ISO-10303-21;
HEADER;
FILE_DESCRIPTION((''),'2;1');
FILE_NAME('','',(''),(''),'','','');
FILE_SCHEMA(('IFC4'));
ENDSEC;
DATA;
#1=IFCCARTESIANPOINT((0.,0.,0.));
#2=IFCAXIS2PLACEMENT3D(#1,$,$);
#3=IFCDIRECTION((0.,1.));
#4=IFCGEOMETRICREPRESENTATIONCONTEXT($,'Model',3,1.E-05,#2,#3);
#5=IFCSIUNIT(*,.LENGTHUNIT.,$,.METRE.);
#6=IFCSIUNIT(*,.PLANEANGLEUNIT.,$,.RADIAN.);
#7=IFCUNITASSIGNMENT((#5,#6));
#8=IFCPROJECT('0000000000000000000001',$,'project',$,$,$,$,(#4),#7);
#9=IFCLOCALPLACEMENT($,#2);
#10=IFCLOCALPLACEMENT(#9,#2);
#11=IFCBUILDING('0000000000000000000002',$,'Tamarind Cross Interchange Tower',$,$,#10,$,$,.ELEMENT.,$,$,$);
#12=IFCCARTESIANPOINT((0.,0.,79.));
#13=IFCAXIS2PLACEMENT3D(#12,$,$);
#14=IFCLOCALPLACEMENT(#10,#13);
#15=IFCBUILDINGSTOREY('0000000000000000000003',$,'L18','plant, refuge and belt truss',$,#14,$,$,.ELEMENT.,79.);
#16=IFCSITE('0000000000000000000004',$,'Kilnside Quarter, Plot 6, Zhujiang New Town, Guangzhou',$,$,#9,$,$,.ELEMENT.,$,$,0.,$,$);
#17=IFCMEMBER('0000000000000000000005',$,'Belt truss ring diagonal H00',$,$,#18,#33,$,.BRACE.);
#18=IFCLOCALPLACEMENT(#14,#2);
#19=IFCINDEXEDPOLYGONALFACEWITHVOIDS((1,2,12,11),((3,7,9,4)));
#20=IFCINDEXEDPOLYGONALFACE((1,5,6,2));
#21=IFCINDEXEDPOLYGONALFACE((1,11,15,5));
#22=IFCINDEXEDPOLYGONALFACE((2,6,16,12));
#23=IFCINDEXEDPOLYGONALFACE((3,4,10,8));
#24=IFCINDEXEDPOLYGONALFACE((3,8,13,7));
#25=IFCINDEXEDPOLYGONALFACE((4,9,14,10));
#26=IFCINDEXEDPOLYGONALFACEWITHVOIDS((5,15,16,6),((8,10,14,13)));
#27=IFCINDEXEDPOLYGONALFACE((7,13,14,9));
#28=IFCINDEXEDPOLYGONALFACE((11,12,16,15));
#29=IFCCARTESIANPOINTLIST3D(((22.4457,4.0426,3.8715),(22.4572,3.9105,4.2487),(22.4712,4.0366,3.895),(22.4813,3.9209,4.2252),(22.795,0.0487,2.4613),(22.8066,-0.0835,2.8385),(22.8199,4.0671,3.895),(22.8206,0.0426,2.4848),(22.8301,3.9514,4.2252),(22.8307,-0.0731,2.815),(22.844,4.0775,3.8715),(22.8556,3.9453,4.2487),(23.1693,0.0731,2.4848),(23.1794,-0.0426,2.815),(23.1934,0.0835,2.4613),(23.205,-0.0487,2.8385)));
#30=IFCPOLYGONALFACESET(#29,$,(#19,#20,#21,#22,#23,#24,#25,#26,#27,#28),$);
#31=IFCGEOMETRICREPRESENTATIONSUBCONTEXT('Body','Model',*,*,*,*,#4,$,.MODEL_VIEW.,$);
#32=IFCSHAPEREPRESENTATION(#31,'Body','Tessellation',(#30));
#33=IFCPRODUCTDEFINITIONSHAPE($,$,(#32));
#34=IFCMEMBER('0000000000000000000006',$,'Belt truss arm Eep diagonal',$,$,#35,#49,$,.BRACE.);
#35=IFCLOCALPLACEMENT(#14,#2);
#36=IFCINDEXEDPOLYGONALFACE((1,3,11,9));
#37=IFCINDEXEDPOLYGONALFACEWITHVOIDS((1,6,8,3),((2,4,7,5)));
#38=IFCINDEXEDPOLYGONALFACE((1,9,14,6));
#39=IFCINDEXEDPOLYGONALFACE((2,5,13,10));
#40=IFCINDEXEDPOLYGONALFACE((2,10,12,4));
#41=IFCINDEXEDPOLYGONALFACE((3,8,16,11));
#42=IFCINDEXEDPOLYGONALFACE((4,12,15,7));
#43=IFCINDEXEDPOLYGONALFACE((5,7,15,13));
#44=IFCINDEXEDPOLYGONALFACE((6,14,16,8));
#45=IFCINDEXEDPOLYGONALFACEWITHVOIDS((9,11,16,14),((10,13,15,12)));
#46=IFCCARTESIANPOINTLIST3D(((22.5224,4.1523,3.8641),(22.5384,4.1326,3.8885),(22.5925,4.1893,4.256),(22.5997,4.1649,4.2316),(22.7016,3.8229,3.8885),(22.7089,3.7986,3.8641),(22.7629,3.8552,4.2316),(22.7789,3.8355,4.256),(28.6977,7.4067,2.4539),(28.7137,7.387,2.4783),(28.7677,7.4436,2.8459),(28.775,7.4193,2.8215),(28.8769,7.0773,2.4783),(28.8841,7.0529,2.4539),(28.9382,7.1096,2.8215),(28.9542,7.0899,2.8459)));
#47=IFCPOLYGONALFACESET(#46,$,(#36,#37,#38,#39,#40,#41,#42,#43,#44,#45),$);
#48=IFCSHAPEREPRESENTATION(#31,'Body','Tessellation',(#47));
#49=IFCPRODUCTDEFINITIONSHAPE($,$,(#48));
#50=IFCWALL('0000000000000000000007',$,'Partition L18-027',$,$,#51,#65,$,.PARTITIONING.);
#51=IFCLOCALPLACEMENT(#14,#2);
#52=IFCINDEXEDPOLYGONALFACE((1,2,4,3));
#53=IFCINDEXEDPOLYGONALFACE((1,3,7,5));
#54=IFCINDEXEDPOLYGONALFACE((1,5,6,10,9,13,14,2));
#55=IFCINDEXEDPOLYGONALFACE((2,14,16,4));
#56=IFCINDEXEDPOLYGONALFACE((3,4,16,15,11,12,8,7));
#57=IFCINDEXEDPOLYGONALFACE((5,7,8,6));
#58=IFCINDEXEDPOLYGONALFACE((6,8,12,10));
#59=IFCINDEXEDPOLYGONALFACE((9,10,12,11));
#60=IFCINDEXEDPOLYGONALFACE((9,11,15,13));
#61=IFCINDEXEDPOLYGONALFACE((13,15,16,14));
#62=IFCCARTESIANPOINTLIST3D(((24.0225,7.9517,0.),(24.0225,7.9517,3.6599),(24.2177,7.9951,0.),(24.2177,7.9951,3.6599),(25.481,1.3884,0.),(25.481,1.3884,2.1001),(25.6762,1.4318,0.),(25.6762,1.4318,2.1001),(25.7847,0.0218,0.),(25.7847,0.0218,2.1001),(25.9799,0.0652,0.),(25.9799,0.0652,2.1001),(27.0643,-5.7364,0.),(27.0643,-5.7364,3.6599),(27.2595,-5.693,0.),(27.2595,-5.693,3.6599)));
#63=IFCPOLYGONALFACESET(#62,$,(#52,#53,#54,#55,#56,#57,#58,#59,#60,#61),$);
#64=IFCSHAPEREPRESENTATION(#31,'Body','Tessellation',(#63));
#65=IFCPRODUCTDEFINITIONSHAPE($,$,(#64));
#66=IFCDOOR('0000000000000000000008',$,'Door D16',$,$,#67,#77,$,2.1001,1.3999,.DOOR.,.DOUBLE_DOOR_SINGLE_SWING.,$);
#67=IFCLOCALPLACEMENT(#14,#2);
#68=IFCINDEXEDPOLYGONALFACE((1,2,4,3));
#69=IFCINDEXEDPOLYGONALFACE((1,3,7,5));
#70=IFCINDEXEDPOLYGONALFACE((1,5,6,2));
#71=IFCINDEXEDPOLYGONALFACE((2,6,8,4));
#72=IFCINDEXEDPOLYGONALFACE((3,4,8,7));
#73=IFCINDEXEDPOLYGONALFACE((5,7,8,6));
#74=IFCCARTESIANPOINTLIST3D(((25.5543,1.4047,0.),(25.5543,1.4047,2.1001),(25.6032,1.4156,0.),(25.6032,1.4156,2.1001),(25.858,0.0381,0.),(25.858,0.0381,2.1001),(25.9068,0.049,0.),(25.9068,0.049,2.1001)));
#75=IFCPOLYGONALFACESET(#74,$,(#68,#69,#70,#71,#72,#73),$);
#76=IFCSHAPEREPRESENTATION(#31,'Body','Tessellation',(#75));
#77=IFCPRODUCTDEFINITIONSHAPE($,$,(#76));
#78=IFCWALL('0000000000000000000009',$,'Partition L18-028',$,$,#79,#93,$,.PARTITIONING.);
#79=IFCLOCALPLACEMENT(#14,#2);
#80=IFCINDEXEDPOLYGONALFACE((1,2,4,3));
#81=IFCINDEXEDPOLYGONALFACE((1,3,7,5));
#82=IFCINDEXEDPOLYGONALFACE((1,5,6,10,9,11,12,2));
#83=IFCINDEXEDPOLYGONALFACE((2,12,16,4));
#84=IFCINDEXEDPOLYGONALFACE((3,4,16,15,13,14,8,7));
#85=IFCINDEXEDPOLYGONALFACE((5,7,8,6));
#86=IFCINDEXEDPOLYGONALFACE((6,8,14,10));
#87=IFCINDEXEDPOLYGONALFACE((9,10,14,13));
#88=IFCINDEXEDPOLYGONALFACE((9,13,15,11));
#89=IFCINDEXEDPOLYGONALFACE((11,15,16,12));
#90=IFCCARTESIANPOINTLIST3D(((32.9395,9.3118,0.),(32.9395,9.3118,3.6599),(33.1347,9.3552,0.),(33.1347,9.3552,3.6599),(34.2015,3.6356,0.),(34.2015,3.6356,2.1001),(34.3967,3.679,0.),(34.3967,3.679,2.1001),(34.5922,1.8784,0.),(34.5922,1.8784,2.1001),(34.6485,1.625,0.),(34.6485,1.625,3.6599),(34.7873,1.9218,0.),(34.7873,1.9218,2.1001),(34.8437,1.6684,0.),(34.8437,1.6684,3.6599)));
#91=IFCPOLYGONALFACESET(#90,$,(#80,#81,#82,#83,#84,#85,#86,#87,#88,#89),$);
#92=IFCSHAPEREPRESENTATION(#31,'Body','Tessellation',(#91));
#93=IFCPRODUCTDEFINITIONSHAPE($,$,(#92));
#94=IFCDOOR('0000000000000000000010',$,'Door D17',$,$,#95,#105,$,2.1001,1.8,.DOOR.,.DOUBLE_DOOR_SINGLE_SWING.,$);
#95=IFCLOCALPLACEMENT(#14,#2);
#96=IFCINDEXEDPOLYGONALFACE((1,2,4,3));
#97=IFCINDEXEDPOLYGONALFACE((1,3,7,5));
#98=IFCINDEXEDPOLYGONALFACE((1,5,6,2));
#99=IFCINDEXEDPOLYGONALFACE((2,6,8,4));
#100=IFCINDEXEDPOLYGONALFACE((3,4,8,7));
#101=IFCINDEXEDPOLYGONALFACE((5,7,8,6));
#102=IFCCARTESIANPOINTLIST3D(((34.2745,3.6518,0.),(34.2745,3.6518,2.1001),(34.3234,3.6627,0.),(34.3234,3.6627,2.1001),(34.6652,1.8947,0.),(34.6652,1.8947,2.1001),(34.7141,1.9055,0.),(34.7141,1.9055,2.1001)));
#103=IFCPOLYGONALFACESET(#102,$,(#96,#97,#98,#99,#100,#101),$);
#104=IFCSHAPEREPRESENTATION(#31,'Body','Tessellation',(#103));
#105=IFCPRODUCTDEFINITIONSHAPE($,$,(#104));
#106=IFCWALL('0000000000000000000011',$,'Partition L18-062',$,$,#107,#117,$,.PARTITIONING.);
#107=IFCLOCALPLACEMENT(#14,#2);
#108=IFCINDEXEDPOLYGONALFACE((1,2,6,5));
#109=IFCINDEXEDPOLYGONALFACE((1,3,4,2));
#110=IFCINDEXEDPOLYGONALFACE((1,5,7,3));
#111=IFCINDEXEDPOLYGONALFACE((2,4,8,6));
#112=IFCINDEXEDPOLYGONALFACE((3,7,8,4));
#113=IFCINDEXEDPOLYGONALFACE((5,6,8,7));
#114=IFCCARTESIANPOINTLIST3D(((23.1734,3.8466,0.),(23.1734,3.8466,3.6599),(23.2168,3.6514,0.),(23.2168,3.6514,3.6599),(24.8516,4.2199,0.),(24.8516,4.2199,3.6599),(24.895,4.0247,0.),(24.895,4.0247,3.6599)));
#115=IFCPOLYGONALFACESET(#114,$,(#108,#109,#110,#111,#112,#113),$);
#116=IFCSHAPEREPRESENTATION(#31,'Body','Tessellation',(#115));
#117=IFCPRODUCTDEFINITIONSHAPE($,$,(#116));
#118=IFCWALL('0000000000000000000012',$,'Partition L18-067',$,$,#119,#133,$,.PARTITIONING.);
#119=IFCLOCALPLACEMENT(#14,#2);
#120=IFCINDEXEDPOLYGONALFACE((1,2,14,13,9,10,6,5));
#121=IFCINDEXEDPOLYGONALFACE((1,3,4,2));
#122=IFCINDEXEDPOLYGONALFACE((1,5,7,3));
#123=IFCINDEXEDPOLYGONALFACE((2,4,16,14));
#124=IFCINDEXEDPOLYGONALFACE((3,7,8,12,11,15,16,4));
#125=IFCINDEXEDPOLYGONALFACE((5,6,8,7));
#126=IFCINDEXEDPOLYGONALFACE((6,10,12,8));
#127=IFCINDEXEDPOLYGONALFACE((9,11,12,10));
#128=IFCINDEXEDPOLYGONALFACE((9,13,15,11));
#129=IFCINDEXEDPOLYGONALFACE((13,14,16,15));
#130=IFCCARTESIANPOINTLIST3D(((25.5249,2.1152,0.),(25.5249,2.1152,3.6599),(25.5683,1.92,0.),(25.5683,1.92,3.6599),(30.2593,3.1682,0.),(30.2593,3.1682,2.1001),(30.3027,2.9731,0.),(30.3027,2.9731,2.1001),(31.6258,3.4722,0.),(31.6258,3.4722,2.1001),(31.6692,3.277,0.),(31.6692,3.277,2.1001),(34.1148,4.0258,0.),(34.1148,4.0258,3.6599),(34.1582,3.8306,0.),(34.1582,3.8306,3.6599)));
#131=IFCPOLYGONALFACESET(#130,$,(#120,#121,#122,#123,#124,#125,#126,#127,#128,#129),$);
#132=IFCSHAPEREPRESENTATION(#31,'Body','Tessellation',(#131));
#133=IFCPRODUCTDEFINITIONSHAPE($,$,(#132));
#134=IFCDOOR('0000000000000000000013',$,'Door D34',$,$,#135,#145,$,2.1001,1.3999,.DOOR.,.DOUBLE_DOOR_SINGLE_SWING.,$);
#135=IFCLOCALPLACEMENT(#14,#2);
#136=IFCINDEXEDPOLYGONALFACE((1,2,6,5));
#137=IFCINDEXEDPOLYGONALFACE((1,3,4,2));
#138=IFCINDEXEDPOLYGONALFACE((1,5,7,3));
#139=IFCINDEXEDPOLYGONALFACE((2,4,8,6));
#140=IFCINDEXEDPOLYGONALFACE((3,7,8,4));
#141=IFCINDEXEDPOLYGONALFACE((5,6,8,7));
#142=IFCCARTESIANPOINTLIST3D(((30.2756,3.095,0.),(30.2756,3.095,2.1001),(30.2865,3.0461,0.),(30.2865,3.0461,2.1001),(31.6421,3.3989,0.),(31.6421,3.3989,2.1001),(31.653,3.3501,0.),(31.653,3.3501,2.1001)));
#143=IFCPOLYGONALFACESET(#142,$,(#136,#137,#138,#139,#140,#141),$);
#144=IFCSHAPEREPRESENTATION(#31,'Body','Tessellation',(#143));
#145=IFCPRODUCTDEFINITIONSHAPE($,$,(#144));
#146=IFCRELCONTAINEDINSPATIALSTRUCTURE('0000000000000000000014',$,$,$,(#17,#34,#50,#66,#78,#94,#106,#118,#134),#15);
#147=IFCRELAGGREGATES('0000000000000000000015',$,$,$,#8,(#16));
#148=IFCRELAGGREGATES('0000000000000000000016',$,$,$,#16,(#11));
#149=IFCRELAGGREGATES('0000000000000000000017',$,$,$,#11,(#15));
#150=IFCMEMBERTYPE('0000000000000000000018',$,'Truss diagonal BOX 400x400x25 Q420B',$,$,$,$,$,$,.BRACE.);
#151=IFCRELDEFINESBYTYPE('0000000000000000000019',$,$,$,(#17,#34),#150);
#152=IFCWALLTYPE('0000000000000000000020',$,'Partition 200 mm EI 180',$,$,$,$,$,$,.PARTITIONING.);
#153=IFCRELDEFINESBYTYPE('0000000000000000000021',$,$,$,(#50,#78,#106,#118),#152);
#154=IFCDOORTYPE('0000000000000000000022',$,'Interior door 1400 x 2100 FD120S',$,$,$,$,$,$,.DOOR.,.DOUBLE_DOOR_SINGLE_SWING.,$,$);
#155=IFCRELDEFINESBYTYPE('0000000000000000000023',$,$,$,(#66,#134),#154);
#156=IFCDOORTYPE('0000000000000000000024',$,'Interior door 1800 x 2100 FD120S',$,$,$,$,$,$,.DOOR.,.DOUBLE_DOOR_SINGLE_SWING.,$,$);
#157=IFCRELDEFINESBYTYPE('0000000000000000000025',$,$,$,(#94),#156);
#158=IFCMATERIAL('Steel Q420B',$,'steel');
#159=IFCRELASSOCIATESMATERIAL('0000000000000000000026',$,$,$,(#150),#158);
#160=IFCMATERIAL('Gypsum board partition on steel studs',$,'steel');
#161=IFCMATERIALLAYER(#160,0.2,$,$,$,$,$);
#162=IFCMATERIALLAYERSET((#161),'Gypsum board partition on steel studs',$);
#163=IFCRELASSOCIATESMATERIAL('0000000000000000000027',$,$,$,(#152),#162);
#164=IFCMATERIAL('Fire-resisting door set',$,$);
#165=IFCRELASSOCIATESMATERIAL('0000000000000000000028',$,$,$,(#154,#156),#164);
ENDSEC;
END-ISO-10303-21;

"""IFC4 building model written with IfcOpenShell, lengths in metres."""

from ifc_helpers import new_model, si_unit, direction, frame, frame_2d, origin, origin_2d, place, context, subcontext, project, spatial, rectangle, hollow_rectangle, extrude, material, layer, layer_set, material_profile, profile_set, type_object, element, fill, save


model = new_model("IFC4")

# Units and contexts
model_context = context("Model", 3, precision=1e-05, world=origin(), true_north=direction((0.0, 1.0)))
body_context = subcontext(model_context, "Body", "Model", "MODEL_VIEW")
ifc_project = project(units=[si_unit("LENGTHUNIT", "METRE"), si_unit("PLANEANGLEUNIT", "RADIAN")], contexts=[model_context])

# Site, building, storey
site_placement = place(None, origin())
site = spatial("IfcSite", under=ifc_project, at=site_placement, Name="Kilnside Quarter, Plot 6, Zhujiang New Town, Guangzhou", CompositionType="ELEMENT", RefElevation=0.0)
building_placement = place(site_placement, origin())
building = spatial("IfcBuilding", under=site, at=building_placement, Name="Tamarind Cross Interchange Tower", CompositionType="ELEMENT")
storey_placement = place(building_placement, frame((0.0, 0.0, 79.0)))
storey = spatial("IfcBuildingStorey", under=building, at=storey_placement, Name="L18", Description="plant, refuge and belt truss", CompositionType="ELEMENT", Elevation=79.0)

# Members
ifc_material_1 = material(Name="Steel Q420B", Category="steel")
ifc_material_profile_1 = material_profile(ifc_material_1, hollow_rectangle(XDim=0.3999, YDim=0.3999, WallThickness=0.0249, at=origin_2d()), Name="BOX 400x400x25")
ifc_profile_set_1 = profile_set([ifc_material_profile_1], Name="Steel Q420B")
member_type_1 = type_object("IfcMemberType", Name="Truss diagonal BOX 400x400x25 Q420B", PredefinedType="BRACE", material=ifc_profile_set_1)
member_1_placement = place(storey_placement, frame((23.0, 0.0, 2.6499), z_axis=(-0.082205, 0.939758, 0.331808), x_axis=(-0.996196, -0.087142, 0.0)))
element("IfcMember", 1, at=member_1_placement, inside=storey, type_object=member_type_1, Name="Belt truss ring diagonal H00", PredefinedType="BRACE", context=body_context, shape_type="SweptSolid", body=[
    extrude(hollow_rectangle(XDim=0.3999, YDim=0.3999, WallThickness=0.0249, at=origin_2d()), origin(), (0.0, 0.0, 1.0), 4.25),
])
member_2_placement = place(storey_placement, frame((28.8259, 7.2483, 2.6499), z_axis=(-0.86715, -0.45699, 0.198018), x_axis=(0.466222, -0.884668, 0.0)))
element("IfcMember", 2, at=member_2_placement, inside=storey, type_object=member_type_1, Name="Belt truss arm Eep diagonal", PredefinedType="BRACE", context=body_context, shape_type="SweptSolid", body=[
    extrude(hollow_rectangle(XDim=0.3999, YDim=0.3999, WallThickness=0.0249, at=origin_2d()), origin(), (0.0, 0.0, 1.0), 7.1213),
])

# Walls, openings, doors
ifc_material_2 = material(Name="Gypsum board partition on steel studs", Category="steel")
ifc_layer_1 = layer(ifc_material_2, 0.2)
ifc_layer_set_1 = layer_set([ifc_layer_1], Name="Gypsum board partition on steel studs")
wall_type_1 = type_object("IfcWallType", Name="Partition 200 mm EI 180", PredefinedType="PARTITIONING", material=ifc_layer_set_1)
wall_1_placement = place(storey_placement, frame((24.1201, 7.9734, 0.0), z_axis=(0.0, 0.0, 1.0), x_axis=(0.216929, -0.976187, 0.0)))
wall_1 = element("IfcWall", 3, at=wall_1_placement, inside=storey, type_object=wall_type_1, Name="Partition L18-027", PredefinedType="PARTITIONING", context=body_context, shape_type="SweptSolid", body=[
    extrude(rectangle(XDim=14.022, YDim=0.2, at=frame_2d((7.011, 0.0))), origin(), (0.0, 0.0, 1.0), 3.6599),
])
opening_1_placement = place(wall_1_placement, frame((6.7234, 0.0, 0.0)))
opening_1 = element("IfcOpeningElement", 4, at=opening_1_placement, cuts=wall_1, PredefinedType="OPENING", context=body_context, shape_type="SweptSolid", body=[
    extrude(rectangle(XDim=1.3999, YDim=2.1001, at=frame_2d((0.7, 1.05))), frame((0.0, 0.1099, 0.0), z_axis=(0.0, -1.0, 0.0), x_axis=(1.0, 0.0, 0.0)), (0.0, 0.0, 1.0), 0.22),
])
ifc_material_3 = material(Name="Fire-resisting door set")
door_type_1 = type_object("IfcDoorType", Name="Interior door 1400 x 2100 FD120S", OperationType="DOUBLE_DOOR_SINGLE_SWING", PredefinedType="DOOR", material=ifc_material_3)
door_1_placement = place(opening_1_placement, frame((1.3999, 0.0, 0.0), z_axis=(0.0, 0.0, 1.0), x_axis=(-1.0, 0.0, 0.0)))
door_1 = element("IfcDoor", 5, at=door_1_placement, inside=storey, type_object=door_type_1, Name="Door D16", OperationType="DOUBLE_DOOR_SINGLE_SWING", OverallHeight=2.1001, OverallWidth=1.3999, PredefinedType="DOOR", context=body_context, shape_type="SweptSolid", body=[
    extrude(rectangle(XDim=1.3999, YDim=2.1001, at=frame_2d((0.7, 1.05))), frame((0.0, 0.0249, 0.0), z_axis=(0.0, -1.0, 0.0), x_axis=(1.0, 0.0, 0.0)), (0.0, 0.0, 1.0), 0.05),
])
fill(opening_1, door_1)
wall_2_placement = place(storey_placement, frame((33.0371, 9.3335, 0.0), z_axis=(0.0, 0.0, 1.0), x_axis=(0.217029, -0.976165, 0.0)))
wall_2 = element("IfcWall", 6, at=wall_2_placement, inside=storey, type_object=wall_type_1, Name="Partition L18-028", PredefinedType="PARTITIONING", context=body_context, shape_type="SweptSolid", body=[
    extrude(rectangle(XDim=7.8745, YDim=0.2, at=frame_2d((3.9373, 0.0))), origin(), (0.0, 0.0, 1.0), 3.6599),
])
opening_2_placement = place(wall_2_placement, frame((5.8149, 0.0, 0.0)))
opening_2 = element("IfcOpeningElement", 7, at=opening_2_placement, cuts=wall_2, PredefinedType="OPENING", context=body_context, shape_type="SweptSolid", body=[
    extrude(rectangle(XDim=1.8, YDim=2.1001, at=frame_2d((0.8999, 1.05))), frame((0.0, 0.1099, 0.0), z_axis=(0.0, -1.0, 0.0), x_axis=(1.0, 0.0, 0.0)), (0.0, 0.0, 1.0), 0.22),
])
door_type_2 = type_object("IfcDoorType", Name="Interior door 1800 x 2100 FD120S", OperationType="DOUBLE_DOOR_SINGLE_SWING", PredefinedType="DOOR", material=ifc_material_3)
door_2_placement = place(opening_2_placement, origin())
door_2 = element("IfcDoor", 8, at=door_2_placement, inside=storey, type_object=door_type_2, Name="Door D17", OperationType="DOUBLE_DOOR_SINGLE_SWING", OverallHeight=2.1001, OverallWidth=1.8, PredefinedType="DOOR", context=body_context, shape_type="SweptSolid", body=[
    extrude(rectangle(XDim=1.8, YDim=2.1001, at=frame_2d((0.8999, 1.05))), frame((0.0, 0.0249, 0.0), z_axis=(0.0, -1.0, 0.0), x_axis=(1.0, 0.0, 0.0)), (0.0, 0.0, 1.0), 0.05),
])
fill(opening_2, door_2)

# Wall
wall_3_placement = place(storey_placement, frame((23.1951, 3.749, 0.0), z_axis=(0.0, 0.0, 1.0), x_axis=(0.976144, 0.217126, 0.0)))
element("IfcWall", 9, at=wall_3_placement, inside=storey, type_object=wall_type_1, Name="Partition L18-062", PredefinedType="PARTITIONING", context=body_context, shape_type="SweptSolid", body=[
    extrude(rectangle(XDim=1.7192, YDim=0.2, at=frame_2d((0.8596, 0.0))), origin(), (0.0, 0.0, 1.0), 3.6599),
])

# Wall, opening, door
wall_4_placement = place(storey_placement, frame((25.5466, 2.0176, 0.0), z_axis=(0.0, 0.0, 1.0), x_axis=(0.976144, 0.217124, 0.0)))
wall_4 = element("IfcWall", 10, at=wall_4_placement, inside=storey, type_object=wall_type_1, Name="Partition L18-067", PredefinedType="PARTITIONING", context=body_context, shape_type="SweptSolid", body=[
    extrude(rectangle(XDim=8.7998, YDim=0.2, at=frame_2d((4.3999, 0.0))), origin(), (0.0, 0.0, 1.0), 3.6599),
])
opening_3_placement = place(wall_4_placement, frame((4.8501, 0.0, 0.0)))
opening_3 = element("IfcOpeningElement", 11, at=opening_3_placement, cuts=wall_4, PredefinedType="OPENING", context=body_context, shape_type="SweptSolid", body=[
    extrude(rectangle(XDim=1.3999, YDim=2.1001, at=frame_2d((0.7, 1.05))), frame((0.0, 0.1099, 0.0), z_axis=(0.0, -1.0, 0.0), x_axis=(1.0, 0.0, 0.0)), (0.0, 0.0, 1.0), 0.22),
])
door_3_placement = place(opening_3_placement, origin())
door_3 = element("IfcDoor", 12, at=door_3_placement, inside=storey, type_object=door_type_1, Name="Door D34", OperationType="DOUBLE_DOOR_SINGLE_SWING", OverallHeight=2.1001, OverallWidth=1.3999, PredefinedType="DOOR", context=body_context, shape_type="SweptSolid", body=[
    extrude(rectangle(XDim=1.3999, YDim=2.1001, at=frame_2d((0.7, 1.05))), frame((0.0, 0.0249, 0.0), z_axis=(0.0, -1.0, 0.0), x_axis=(1.0, 0.0, 0.0)), (0.0, 0.0, 1.0), 0.05),
])
fill(opening_3, door_3)

save(model, "model.ifc")
